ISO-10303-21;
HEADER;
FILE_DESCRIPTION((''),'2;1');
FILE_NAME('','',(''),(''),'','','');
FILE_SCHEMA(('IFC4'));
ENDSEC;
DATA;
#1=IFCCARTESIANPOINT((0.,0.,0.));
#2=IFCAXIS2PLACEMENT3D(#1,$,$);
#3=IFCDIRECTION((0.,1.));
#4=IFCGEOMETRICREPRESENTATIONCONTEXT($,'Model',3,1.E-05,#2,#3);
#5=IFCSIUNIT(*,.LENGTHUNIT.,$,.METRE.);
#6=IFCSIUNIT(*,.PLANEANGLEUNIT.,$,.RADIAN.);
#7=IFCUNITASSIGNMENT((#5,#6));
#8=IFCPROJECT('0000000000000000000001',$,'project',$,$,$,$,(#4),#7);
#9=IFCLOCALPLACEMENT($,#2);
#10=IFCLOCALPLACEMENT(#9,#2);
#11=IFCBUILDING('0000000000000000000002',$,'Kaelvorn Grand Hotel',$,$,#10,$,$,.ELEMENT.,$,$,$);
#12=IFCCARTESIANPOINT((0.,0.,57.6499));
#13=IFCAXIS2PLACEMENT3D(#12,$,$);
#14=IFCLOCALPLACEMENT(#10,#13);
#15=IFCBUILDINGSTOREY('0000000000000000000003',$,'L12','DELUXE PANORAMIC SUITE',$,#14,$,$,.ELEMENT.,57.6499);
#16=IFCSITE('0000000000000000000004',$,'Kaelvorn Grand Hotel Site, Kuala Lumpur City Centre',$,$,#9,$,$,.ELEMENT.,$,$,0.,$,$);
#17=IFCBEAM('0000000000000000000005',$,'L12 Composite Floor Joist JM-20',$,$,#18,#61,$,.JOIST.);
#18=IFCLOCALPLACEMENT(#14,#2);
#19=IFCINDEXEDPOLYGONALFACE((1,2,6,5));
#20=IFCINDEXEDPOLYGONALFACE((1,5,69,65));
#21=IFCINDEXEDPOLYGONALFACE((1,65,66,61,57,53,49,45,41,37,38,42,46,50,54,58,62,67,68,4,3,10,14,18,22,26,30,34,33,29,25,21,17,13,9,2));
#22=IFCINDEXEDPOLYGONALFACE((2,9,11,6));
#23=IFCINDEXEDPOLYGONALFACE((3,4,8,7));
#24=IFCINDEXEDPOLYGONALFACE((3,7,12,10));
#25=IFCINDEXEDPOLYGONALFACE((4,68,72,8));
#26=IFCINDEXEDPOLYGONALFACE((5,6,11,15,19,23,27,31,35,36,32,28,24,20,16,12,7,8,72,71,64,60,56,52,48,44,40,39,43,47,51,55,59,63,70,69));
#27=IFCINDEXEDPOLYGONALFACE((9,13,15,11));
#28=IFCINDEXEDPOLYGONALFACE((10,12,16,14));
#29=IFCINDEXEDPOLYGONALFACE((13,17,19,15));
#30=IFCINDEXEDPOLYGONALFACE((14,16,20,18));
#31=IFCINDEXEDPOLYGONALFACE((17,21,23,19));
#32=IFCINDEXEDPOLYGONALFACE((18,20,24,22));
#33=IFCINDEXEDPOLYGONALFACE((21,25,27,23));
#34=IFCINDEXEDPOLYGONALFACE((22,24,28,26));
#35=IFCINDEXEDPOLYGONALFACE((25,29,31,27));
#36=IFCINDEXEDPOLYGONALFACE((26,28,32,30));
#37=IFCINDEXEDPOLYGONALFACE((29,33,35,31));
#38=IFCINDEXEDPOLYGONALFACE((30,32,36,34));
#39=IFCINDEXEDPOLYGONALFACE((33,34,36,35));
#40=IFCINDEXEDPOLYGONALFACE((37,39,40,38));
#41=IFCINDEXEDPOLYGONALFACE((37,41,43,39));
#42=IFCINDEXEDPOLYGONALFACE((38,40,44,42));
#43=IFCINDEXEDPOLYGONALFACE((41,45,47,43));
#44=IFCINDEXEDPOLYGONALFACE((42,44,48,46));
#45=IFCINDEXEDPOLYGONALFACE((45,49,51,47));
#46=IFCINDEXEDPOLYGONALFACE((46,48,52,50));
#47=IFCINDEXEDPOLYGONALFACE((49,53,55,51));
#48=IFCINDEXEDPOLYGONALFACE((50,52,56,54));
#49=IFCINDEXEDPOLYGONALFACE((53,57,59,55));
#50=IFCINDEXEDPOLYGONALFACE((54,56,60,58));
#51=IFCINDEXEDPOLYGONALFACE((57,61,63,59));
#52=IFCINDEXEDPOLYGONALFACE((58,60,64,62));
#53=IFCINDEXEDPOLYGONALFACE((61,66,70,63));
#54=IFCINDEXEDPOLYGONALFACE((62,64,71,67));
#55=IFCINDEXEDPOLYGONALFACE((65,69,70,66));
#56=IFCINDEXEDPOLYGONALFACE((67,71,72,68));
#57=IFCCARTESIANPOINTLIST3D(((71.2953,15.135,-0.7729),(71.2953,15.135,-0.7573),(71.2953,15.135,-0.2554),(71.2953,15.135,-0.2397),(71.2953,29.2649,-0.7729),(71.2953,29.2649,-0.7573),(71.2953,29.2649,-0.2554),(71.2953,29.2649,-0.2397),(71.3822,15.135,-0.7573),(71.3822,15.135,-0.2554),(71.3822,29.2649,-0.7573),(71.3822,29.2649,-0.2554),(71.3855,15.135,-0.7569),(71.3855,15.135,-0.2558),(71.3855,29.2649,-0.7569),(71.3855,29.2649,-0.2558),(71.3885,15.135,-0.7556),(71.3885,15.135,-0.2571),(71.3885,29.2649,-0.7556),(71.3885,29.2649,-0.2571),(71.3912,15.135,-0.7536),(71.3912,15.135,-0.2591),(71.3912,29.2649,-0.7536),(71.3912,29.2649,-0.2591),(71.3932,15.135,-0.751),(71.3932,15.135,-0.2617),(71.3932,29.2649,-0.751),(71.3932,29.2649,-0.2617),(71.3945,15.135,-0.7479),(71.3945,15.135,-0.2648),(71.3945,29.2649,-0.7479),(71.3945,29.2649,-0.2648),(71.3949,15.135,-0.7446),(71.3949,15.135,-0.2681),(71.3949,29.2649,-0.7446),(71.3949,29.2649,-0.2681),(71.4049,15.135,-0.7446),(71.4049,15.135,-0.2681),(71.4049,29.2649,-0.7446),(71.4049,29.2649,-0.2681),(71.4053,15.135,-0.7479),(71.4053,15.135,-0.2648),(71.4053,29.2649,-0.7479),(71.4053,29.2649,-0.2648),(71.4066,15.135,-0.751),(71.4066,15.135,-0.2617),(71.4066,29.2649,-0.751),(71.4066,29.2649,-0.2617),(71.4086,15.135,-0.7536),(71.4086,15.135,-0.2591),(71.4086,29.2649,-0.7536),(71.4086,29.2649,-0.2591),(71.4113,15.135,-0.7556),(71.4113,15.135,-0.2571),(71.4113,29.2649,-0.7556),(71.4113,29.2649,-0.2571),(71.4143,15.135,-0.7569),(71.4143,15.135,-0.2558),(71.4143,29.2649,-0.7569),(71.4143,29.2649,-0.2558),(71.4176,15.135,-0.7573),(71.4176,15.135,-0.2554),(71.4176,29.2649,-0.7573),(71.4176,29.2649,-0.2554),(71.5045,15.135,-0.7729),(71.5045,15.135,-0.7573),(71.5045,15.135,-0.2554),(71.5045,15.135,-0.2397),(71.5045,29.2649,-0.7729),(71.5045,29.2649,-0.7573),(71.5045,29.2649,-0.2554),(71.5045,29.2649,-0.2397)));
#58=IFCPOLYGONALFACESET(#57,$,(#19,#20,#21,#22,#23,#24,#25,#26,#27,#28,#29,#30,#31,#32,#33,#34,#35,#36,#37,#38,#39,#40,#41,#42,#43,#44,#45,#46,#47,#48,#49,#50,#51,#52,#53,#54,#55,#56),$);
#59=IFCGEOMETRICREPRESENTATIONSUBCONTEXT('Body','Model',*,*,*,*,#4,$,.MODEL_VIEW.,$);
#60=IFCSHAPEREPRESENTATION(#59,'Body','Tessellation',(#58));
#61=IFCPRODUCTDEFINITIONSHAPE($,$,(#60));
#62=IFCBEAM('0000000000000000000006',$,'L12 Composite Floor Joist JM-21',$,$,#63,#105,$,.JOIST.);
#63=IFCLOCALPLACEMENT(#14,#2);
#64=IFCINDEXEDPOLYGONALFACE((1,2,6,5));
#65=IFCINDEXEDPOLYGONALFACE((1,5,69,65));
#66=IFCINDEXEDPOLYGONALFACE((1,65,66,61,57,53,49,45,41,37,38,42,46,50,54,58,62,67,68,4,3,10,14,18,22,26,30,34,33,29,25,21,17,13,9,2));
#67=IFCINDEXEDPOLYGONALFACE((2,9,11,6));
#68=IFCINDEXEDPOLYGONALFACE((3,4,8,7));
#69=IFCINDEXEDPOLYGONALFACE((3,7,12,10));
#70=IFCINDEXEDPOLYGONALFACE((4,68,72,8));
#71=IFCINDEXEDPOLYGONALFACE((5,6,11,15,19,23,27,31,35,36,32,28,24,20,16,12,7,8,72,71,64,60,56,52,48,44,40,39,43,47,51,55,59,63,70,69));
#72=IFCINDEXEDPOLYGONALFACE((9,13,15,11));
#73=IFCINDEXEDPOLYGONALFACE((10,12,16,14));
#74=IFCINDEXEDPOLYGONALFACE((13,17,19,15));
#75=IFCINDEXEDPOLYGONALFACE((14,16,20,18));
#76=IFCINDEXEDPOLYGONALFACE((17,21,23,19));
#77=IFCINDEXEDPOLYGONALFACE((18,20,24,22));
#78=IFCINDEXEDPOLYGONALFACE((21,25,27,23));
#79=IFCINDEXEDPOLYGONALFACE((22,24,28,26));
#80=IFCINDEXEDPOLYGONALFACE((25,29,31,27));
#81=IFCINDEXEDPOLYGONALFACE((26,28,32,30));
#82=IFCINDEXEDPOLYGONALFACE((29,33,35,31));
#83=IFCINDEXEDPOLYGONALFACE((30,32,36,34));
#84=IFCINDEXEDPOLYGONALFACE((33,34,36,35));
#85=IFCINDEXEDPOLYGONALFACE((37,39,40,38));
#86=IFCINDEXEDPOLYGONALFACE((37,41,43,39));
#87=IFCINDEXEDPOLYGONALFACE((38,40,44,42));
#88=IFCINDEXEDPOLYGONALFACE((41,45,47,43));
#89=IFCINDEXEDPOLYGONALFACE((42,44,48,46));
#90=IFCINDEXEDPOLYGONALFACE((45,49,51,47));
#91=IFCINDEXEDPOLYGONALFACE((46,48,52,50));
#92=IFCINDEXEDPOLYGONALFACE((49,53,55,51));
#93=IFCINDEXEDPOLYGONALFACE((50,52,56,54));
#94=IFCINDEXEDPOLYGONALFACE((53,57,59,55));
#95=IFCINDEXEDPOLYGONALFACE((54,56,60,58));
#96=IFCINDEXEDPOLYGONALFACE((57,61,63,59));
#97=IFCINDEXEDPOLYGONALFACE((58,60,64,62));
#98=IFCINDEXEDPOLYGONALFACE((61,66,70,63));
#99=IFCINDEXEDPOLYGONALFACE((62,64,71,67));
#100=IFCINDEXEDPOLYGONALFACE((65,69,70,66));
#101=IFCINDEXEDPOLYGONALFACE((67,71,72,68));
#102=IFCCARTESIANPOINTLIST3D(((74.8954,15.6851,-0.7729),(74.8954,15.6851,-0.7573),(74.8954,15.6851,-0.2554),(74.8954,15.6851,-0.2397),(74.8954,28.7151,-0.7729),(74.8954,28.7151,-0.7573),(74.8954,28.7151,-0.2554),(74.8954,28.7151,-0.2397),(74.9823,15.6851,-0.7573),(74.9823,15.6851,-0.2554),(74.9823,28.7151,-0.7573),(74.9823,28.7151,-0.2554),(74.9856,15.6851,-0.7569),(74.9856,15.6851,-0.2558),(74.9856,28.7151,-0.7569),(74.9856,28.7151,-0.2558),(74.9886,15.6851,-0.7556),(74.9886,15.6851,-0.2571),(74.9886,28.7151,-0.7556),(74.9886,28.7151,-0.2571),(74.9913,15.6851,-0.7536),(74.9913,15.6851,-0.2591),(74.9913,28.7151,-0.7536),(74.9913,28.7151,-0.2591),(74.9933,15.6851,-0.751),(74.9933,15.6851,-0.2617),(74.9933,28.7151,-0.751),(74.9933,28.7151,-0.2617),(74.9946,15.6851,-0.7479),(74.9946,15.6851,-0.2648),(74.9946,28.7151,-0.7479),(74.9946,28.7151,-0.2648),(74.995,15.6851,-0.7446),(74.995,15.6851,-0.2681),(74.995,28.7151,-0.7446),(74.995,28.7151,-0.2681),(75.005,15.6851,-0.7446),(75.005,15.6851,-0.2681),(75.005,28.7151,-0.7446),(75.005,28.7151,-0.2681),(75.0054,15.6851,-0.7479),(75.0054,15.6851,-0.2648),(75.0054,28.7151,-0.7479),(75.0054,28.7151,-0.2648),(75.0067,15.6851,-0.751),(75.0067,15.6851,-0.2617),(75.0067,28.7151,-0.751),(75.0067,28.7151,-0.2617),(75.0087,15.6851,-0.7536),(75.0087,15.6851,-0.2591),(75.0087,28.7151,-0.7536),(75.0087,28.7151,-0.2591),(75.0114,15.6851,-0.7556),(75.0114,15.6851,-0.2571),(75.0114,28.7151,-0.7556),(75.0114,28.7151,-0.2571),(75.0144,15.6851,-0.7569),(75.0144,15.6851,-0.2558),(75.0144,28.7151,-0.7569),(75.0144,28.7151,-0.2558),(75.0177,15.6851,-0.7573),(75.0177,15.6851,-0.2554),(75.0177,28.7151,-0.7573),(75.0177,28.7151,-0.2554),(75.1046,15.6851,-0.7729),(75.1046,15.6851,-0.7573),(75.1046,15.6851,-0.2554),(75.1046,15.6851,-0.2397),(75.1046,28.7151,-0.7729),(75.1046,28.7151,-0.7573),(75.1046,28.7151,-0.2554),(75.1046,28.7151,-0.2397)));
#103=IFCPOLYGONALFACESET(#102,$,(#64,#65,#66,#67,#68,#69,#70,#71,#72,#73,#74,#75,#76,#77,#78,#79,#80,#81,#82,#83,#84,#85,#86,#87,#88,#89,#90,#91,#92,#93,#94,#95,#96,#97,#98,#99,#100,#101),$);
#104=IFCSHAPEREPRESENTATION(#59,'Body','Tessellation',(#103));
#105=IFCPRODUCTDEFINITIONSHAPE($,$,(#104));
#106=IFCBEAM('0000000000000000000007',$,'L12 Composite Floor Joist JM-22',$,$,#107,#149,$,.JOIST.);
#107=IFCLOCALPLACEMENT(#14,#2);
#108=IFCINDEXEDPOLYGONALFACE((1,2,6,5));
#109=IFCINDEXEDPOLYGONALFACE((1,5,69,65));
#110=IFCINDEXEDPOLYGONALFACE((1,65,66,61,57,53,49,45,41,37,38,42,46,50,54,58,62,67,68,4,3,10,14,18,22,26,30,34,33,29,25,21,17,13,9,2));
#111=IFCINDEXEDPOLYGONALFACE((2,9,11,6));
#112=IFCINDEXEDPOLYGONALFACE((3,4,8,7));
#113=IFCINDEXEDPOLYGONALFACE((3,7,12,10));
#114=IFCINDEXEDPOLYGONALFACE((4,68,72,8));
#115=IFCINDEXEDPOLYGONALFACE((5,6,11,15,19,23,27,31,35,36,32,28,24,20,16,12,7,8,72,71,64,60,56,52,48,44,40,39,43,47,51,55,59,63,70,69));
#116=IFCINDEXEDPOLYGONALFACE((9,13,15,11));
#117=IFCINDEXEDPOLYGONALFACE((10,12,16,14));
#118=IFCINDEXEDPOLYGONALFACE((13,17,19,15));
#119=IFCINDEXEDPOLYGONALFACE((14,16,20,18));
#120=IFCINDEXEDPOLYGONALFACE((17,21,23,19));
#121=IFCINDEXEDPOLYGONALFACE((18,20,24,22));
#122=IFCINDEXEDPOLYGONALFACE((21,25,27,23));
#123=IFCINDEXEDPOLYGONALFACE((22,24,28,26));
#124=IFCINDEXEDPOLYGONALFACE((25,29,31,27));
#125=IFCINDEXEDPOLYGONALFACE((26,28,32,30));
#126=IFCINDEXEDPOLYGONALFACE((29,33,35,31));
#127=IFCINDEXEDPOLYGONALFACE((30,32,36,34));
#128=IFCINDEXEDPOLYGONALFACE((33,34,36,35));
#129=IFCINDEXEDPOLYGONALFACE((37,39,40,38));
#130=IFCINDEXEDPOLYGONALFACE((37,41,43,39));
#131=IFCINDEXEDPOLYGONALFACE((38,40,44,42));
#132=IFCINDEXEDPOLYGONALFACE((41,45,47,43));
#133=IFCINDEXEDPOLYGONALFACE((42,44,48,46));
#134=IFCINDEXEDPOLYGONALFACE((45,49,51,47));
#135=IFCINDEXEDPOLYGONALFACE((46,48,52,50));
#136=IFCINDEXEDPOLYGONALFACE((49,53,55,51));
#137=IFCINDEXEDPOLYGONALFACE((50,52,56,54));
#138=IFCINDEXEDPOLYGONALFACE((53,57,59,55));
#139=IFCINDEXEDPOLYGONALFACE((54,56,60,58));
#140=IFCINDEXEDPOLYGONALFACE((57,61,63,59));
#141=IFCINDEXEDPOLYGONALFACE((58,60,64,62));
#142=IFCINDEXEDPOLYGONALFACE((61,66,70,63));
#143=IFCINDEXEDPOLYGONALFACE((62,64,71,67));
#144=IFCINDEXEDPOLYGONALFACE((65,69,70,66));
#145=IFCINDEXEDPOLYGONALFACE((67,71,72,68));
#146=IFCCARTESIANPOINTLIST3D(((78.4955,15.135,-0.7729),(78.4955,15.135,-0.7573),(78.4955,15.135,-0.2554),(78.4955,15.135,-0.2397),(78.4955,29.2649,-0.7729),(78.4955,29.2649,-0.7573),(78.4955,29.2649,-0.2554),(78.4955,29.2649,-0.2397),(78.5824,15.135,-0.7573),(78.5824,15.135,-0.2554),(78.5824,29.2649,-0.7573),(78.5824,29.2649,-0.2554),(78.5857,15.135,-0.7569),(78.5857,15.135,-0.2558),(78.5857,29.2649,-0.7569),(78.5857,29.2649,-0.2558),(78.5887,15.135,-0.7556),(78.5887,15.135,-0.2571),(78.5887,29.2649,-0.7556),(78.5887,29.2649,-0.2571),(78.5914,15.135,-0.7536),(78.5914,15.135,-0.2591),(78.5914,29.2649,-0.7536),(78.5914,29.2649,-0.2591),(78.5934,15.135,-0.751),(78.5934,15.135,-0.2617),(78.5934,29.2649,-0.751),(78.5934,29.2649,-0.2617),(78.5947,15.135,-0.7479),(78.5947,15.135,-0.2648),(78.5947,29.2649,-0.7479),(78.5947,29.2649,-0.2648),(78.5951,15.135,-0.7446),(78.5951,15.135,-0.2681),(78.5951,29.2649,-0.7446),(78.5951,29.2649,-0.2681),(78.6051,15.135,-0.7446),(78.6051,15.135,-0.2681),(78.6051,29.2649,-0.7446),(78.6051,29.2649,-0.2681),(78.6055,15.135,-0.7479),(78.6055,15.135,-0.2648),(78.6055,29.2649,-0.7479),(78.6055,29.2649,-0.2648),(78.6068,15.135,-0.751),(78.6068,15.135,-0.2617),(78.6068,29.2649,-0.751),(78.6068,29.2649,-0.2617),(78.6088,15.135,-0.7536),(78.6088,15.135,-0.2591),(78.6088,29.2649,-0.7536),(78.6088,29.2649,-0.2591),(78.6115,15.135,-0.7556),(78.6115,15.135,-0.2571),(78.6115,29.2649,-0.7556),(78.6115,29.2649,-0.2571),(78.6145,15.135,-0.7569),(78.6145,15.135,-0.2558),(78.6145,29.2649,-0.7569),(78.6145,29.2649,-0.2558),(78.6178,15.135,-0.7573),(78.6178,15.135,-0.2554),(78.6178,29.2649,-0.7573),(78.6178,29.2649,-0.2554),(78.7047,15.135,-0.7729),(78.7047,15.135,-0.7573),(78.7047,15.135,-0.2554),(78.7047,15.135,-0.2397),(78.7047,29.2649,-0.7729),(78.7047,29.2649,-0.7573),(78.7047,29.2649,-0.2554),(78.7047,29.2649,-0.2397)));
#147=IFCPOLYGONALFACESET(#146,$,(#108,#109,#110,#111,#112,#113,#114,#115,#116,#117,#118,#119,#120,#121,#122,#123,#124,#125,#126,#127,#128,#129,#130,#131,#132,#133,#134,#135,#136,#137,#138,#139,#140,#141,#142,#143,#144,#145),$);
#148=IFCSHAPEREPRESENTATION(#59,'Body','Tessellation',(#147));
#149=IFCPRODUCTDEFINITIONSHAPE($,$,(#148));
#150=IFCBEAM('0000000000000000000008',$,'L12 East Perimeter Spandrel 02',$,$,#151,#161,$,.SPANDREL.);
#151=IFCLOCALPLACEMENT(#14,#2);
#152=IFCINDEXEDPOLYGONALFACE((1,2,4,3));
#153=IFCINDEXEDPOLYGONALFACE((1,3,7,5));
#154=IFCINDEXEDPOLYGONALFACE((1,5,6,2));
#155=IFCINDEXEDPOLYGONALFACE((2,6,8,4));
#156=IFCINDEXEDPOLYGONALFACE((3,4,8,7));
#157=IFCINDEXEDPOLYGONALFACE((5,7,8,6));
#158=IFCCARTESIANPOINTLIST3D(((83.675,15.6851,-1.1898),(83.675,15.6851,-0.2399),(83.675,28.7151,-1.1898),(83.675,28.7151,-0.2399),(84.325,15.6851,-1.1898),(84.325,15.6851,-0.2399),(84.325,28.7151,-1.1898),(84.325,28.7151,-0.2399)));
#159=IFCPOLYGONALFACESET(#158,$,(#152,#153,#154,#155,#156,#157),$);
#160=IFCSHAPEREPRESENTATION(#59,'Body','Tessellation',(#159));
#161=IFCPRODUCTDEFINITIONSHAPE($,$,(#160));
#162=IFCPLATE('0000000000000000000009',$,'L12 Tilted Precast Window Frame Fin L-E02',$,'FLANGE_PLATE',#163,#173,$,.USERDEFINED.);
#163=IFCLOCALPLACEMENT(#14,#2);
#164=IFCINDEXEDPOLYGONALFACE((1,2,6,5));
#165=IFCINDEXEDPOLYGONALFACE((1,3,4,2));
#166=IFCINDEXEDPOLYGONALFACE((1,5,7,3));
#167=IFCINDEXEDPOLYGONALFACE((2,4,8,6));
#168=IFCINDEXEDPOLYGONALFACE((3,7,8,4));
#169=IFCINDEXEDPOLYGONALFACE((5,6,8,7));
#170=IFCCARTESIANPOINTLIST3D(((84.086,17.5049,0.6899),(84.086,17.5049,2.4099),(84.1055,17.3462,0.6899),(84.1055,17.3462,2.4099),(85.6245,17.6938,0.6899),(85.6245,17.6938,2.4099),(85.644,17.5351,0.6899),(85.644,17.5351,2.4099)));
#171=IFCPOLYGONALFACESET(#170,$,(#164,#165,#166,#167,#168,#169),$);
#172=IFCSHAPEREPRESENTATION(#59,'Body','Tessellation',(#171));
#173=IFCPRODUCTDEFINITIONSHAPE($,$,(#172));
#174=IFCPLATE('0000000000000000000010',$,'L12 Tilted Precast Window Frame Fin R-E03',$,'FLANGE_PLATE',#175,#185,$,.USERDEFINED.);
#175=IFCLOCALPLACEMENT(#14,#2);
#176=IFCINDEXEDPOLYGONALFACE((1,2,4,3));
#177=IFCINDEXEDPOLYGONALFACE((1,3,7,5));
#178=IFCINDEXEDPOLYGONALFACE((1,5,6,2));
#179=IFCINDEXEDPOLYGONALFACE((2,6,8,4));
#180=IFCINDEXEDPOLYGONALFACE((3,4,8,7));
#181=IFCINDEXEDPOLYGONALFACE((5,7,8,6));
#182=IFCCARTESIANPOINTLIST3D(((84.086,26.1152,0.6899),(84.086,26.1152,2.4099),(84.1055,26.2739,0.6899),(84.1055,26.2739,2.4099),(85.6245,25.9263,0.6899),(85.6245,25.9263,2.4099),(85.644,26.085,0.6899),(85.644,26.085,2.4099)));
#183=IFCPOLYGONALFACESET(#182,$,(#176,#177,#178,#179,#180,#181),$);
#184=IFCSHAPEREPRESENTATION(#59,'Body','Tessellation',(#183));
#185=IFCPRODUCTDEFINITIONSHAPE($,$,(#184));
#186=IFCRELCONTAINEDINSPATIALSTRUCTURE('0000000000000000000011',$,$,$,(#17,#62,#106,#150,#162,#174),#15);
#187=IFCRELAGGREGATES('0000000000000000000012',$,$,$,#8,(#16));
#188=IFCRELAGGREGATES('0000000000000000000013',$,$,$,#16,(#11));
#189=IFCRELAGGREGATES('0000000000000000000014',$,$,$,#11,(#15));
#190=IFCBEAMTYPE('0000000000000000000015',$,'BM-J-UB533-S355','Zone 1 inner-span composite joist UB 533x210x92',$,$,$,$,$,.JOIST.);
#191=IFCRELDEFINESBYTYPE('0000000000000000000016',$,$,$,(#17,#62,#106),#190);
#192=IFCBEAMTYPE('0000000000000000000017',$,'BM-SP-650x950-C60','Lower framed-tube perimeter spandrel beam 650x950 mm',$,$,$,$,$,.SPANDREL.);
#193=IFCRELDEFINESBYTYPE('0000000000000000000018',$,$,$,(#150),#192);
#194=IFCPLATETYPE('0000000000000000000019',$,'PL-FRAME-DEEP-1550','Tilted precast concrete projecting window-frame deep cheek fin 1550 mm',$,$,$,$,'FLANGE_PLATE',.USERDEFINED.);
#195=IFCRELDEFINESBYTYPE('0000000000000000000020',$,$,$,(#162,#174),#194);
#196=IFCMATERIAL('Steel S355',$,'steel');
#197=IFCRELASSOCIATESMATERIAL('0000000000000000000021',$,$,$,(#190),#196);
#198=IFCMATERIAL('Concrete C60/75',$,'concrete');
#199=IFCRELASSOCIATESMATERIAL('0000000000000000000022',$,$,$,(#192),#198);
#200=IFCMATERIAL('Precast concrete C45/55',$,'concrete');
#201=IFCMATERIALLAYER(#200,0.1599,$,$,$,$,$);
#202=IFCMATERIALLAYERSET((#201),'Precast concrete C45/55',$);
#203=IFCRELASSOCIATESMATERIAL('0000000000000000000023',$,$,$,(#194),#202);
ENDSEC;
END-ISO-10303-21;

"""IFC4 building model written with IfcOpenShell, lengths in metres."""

from ifc_helpers import new_model, si_unit, direction, frame, origin, origin_2d, place, context, subcontext, project, spatial, rectangle, i_section, extrude, material, layer, layer_set, material_profile, profile_set, type_object, element, save


model = new_model("IFC4")

# Units and contexts
model_context = context("Model", 3, precision=1e-05, world=origin(), true_north=direction((0.0, 1.0)))
body_context = subcontext(model_context, "Body", "Model", "MODEL_VIEW")
ifc_project = project(units=[si_unit("LENGTHUNIT", "METRE"), si_unit("PLANEANGLEUNIT", "RADIAN")], contexts=[model_context])

# Site, building, storey
site_placement = place(None, origin())
site = spatial("IfcSite", under=ifc_project, at=site_placement, Name="Kaelvorn Grand Hotel Site, Kuala Lumpur City Centre", CompositionType="ELEMENT", RefElevation=0.0)
building_placement = place(site_placement, origin())
building = spatial("IfcBuilding", under=site, at=building_placement, Name="Kaelvorn Grand Hotel", CompositionType="ELEMENT")
storey_placement = place(building_placement, frame((0.0, 0.0, 57.6499)))
storey = spatial("IfcBuildingStorey", under=building, at=storey_placement, Name="L12", Description="DELUXE PANORAMIC SUITE", CompositionType="ELEMENT", Elevation=57.6499)

# Beams
ifc_material_1 = material(Name="Steel S355", Category="steel")
ifc_material_profile_1 = material_profile(ifc_material_1, i_section(OverallWidth=0.2092, OverallDepth=0.5332, WebThickness=0.01, FlangeThickness=0.0156, FilletRadius=0.0127, at=origin_2d()), Name="UB 533x210x92")
ifc_profile_set_1 = profile_set([ifc_material_profile_1], Name="Steel S355")
beam_type_1 = type_object("IfcBeamType", Name="BM-J-UB533-S355", Description="Zone 1 inner-span composite joist UB 533x210x92", PredefinedType="JOIST", material=ifc_profile_set_1)
beam_1_placement = place(storey_placement, frame((71.3999, 15.135, -0.5063), z_axis=(0.0, 1.0, 0.0), x_axis=(-1.0, 0.0, 0.0)))
element("IfcBeam", 1, at=beam_1_placement, inside=storey, type_object=beam_type_1, Name="L12 Composite Floor Joist JM-20", PredefinedType="JOIST", context=body_context, shape_type="SweptSolid", body=[
    extrude(i_section(OverallWidth=0.2092, OverallDepth=0.5332, WebThickness=0.01, FlangeThickness=0.0156, FilletRadius=0.0127, at=origin_2d()), origin(), (0.0, 0.0, 1.0), 14.1299),
])
beam_2_placement = place(storey_placement, frame((75.0, 15.6851, -0.5063), z_axis=(0.0, 1.0, 0.0), x_axis=(-1.0, 0.0, 0.0)))
element("IfcBeam", 2, at=beam_2_placement, inside=storey, type_object=beam_type_1, Name="L12 Composite Floor Joist JM-21", PredefinedType="JOIST", context=body_context, shape_type="SweptSolid", body=[
    extrude(i_section(OverallWidth=0.2092, OverallDepth=0.5332, WebThickness=0.01, FlangeThickness=0.0156, FilletRadius=0.0127, at=origin_2d()), origin(), (0.0, 0.0, 1.0), 13.03),
])
beam_3_placement = place(storey_placement, frame((78.6001, 15.135, -0.5063), z_axis=(0.0, 1.0, 0.0), x_axis=(-1.0, 0.0, 0.0)))
element("IfcBeam", 3, at=beam_3_placement, inside=storey, type_object=beam_type_1, Name="L12 Composite Floor Joist JM-22", PredefinedType="JOIST", context=body_context, shape_type="SweptSolid", body=[
    extrude(i_section(OverallWidth=0.2092, OverallDepth=0.5332, WebThickness=0.01, FlangeThickness=0.0156, FilletRadius=0.0127, at=origin_2d()), origin(), (0.0, 0.0, 1.0), 14.1299),
])
ifc_material_2 = material(Name="Concrete C60/75", Category="concrete")
ifc_material_profile_2 = material_profile(ifc_material_2, rectangle(XDim=0.6499, YDim=0.95, at=origin_2d()), Name="RC SPANDREL 650x950")
ifc_profile_set_2 = profile_set([ifc_material_profile_2], Name="Concrete C60/75")
beam_type_2 = type_object("IfcBeamType", Name="BM-SP-650x950-C60", Description="Lower framed-tube perimeter spandrel beam 650x950 mm", PredefinedType="SPANDREL", material=ifc_profile_set_2)
beam_4_placement = place(storey_placement, frame((84.0, 15.6851, -0.7148), z_axis=(0.0, 1.0, 0.0), x_axis=(-1.0, 0.0, 0.0)))
element("IfcBeam", 4, at=beam_4_placement, inside=storey, type_object=beam_type_2, Name="L12 East Perimeter Spandrel 02", PredefinedType="SPANDREL", context=body_context, shape_type="SweptSolid", body=[
    extrude(rectangle(XDim=0.6499, YDim=0.95, at=origin_2d()), origin(), (0.0, 0.0, 1.0), 13.03),
])

# Plates
ifc_material_3 = material(Name="Precast concrete C45/55", Category="concrete")
ifc_layer_1 = layer(ifc_material_3, 0.1599)
ifc_layer_set_1 = layer_set([ifc_layer_1], Name="Precast concrete C45/55")
plate_type_1 = type_object("IfcPlateType", Name="PL-FRAME-DEEP-1550", Description="Tilted precast concrete projecting window-frame deep cheek fin 1550 mm", ElementType="FLANGE_PLATE", PredefinedType="USERDEFINED", material=ifc_layer_set_1)
for number, where, z_axis, x_axis, name in (
    (5, (84.865, 17.52, 0.6899), (0.0, 0.0, 1.0), (-0.121869, 0.992546, 0.0), "L12 Tilted Precast Window Frame Fin L-E02"),
    (6, (84.865, 26.1001, 0.6899), (0.0, 0.0, 1.0), (0.121869, 0.992546, 0.0), "L12 Tilted Precast Window Frame Fin R-E03"),
):
    element("IfcPlate", number, at=place(storey_placement, frame(where, z_axis=z_axis, x_axis=x_axis)), inside=storey, type_object=plate_type_1, Name=name, ObjectType="FLANGE_PLATE", PredefinedType="USERDEFINED", context=body_context, shape_type="SweptSolid", body=[
        extrude(rectangle(XDim=0.1599, YDim=1.55, at=origin_2d()), origin(), (0.0, 0.0, 1.0), 1.72),
    ])

save(model, "model.ifc")
